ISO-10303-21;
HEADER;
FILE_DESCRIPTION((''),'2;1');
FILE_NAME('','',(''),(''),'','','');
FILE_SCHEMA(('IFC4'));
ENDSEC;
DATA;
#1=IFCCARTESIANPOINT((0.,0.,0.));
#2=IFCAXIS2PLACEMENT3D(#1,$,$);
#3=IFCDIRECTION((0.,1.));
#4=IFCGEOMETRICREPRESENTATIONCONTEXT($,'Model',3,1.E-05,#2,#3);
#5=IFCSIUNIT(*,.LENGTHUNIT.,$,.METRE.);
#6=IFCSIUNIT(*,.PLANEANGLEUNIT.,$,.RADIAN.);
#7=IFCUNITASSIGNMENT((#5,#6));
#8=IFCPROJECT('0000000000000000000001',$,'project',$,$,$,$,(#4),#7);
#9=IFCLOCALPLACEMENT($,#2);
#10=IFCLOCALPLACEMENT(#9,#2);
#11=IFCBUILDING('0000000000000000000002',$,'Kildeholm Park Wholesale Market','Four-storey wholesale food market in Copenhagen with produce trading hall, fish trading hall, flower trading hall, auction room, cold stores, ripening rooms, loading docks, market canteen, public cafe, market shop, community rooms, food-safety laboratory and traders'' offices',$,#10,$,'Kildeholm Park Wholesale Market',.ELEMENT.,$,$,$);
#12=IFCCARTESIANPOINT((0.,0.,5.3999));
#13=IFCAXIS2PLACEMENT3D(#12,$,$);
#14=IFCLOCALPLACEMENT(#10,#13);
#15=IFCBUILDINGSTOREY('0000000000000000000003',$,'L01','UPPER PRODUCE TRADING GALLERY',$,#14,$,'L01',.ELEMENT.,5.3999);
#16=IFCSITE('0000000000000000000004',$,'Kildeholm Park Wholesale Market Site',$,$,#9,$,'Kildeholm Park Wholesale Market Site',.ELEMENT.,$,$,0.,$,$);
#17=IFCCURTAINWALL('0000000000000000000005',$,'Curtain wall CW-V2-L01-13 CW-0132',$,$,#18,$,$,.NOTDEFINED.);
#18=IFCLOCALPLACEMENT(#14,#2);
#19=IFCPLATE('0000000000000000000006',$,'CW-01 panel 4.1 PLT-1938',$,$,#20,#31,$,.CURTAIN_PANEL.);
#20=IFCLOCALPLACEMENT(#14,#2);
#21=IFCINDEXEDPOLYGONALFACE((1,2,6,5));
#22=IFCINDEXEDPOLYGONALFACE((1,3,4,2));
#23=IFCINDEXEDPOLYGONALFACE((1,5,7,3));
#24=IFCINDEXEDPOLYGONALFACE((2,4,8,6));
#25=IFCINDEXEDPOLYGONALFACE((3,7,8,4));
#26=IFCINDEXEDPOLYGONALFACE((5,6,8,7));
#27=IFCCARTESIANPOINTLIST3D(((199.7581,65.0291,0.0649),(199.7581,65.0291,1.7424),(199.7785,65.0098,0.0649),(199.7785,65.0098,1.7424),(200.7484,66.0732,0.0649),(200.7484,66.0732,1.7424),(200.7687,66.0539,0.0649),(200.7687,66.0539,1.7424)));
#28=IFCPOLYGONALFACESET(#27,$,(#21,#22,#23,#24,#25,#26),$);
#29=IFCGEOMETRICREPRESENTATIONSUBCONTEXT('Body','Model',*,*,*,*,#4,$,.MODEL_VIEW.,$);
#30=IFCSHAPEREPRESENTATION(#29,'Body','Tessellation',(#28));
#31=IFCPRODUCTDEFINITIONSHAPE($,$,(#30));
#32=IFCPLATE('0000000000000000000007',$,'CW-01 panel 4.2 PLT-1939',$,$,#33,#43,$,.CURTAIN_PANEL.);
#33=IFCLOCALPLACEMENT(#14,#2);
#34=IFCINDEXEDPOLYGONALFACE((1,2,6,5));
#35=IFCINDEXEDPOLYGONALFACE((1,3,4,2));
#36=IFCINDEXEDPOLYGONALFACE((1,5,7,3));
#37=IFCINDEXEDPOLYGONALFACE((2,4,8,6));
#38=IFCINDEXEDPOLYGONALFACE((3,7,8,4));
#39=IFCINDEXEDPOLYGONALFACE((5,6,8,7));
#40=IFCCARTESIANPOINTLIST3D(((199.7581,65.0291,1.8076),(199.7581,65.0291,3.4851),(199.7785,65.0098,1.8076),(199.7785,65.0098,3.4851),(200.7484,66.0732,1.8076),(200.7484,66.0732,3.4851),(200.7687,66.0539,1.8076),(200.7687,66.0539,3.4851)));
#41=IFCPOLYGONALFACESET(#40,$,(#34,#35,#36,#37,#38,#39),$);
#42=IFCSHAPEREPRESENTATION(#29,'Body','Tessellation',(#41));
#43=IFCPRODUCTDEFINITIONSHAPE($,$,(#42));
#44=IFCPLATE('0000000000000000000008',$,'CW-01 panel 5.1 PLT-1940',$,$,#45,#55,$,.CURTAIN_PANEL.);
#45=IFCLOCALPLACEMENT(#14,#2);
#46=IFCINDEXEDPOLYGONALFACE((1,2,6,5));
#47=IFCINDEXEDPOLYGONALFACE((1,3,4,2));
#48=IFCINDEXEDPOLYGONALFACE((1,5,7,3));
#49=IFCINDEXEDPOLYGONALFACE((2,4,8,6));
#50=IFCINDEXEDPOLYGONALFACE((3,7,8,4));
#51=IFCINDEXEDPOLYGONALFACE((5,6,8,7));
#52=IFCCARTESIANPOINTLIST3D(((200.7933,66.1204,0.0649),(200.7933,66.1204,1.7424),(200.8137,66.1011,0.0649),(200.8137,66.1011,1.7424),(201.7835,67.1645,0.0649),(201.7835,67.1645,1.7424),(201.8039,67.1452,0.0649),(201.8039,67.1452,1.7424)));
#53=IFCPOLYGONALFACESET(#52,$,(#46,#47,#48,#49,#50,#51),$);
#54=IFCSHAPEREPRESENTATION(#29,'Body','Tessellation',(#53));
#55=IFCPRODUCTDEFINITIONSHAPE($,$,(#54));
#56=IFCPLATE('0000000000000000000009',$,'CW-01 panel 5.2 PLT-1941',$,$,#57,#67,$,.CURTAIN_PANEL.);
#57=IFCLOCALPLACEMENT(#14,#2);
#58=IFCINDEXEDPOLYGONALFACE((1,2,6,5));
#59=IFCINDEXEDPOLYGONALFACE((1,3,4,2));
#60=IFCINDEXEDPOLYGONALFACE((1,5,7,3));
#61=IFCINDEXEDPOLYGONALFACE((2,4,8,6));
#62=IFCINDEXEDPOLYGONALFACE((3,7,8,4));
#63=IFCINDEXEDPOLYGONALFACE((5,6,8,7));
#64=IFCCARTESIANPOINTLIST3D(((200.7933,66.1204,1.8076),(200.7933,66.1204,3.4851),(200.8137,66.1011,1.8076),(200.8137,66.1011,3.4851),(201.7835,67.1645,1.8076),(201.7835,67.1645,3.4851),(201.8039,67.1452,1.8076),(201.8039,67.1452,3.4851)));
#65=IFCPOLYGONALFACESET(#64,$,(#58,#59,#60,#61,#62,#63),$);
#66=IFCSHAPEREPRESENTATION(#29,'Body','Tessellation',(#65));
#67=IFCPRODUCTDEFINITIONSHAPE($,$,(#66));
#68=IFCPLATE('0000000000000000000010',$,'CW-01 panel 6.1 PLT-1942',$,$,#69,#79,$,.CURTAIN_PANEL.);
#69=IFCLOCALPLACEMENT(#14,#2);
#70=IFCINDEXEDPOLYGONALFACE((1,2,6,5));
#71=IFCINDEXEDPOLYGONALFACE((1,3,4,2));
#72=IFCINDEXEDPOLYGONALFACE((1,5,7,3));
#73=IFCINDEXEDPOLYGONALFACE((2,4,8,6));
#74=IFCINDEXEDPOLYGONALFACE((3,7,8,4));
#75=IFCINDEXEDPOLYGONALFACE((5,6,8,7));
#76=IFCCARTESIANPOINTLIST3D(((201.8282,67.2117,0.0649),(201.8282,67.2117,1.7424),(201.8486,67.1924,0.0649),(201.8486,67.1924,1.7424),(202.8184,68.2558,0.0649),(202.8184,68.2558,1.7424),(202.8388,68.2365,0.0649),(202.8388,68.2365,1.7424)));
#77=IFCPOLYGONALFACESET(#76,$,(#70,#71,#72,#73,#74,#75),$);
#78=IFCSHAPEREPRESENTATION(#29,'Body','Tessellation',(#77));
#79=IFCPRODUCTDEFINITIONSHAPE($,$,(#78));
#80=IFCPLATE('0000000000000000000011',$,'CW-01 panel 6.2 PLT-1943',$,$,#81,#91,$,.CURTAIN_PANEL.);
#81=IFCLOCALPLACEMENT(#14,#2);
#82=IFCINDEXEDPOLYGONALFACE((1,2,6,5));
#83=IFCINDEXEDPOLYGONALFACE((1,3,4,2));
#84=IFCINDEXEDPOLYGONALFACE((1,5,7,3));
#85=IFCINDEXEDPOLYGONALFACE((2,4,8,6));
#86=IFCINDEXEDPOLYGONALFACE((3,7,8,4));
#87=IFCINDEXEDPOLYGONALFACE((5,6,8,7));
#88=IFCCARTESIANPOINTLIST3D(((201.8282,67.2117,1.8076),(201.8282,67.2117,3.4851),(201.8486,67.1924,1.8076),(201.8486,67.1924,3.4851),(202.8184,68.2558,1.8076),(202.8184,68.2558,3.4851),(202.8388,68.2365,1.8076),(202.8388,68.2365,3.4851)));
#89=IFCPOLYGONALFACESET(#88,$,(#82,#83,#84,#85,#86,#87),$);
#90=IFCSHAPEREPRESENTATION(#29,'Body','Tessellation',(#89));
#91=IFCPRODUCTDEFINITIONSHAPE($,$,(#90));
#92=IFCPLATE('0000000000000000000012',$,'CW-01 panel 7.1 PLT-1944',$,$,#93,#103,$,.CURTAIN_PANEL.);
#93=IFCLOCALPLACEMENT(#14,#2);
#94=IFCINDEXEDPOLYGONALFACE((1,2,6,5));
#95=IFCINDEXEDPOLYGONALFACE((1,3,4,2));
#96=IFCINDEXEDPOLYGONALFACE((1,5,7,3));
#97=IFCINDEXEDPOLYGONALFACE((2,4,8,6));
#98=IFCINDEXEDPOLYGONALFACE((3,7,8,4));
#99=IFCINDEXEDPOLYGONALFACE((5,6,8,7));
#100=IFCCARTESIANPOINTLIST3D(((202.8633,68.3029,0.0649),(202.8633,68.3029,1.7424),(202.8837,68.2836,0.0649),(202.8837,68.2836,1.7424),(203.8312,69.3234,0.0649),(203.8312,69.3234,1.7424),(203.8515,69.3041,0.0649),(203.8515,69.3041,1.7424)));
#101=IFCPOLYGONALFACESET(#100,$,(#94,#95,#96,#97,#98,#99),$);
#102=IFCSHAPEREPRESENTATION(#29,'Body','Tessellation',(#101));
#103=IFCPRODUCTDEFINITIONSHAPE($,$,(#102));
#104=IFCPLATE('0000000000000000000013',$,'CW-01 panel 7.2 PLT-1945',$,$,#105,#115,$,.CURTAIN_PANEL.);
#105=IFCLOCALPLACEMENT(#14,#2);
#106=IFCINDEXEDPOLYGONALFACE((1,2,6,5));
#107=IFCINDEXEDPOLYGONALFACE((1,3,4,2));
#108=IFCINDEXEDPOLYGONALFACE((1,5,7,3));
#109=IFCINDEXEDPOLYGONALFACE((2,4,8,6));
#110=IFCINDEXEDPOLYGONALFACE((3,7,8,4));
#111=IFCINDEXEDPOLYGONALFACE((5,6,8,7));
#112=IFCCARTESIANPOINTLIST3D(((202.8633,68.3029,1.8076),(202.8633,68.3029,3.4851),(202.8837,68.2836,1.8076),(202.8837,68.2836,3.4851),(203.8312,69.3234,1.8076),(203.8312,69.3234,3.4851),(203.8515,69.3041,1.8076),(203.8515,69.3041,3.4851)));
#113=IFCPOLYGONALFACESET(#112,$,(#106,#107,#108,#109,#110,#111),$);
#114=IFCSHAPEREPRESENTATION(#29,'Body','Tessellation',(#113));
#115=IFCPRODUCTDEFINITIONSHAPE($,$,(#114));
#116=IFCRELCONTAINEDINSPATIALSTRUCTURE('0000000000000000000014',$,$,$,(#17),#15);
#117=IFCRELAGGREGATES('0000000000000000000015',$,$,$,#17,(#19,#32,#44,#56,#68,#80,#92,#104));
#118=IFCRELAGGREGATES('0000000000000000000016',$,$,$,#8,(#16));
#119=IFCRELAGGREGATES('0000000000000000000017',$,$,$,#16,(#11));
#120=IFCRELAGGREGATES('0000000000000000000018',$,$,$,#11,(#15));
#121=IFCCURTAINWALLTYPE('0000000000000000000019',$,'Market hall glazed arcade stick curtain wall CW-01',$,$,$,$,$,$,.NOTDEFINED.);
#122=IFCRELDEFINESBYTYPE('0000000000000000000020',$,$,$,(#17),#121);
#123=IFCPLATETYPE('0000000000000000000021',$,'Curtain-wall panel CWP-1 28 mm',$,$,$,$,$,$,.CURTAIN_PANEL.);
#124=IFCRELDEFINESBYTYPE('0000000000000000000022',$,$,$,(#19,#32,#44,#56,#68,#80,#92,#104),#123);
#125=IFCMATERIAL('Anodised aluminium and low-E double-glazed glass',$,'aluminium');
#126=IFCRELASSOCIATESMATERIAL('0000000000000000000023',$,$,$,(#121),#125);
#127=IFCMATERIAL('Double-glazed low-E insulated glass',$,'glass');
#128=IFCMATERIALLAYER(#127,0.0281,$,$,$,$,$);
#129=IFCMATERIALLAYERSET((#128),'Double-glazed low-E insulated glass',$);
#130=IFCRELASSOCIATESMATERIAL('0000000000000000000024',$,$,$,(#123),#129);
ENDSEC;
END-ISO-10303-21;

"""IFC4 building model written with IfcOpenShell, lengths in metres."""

from ifc_helpers import new_model, si_unit, direction, frame, origin, origin_2d, place, context, subcontext, project, spatial, rectangle, extrude, material, layer, layer_set, type_object, element, aggregate, save


model = new_model("IFC4")

# Units and contexts
model_context = context("Model", 3, precision=1e-05, world=origin(), true_north=direction((0.0, 1.0)))
body_context = subcontext(model_context, "Body", "Model", "MODEL_VIEW")
ifc_project = project(units=[si_unit("LENGTHUNIT", "METRE"), si_unit("PLANEANGLEUNIT", "RADIAN")], contexts=[model_context])

# Site, building, storey
site_placement = place(None, origin())
site = spatial("IfcSite", under=ifc_project, at=site_placement, Name="Kildeholm Park Wholesale Market Site", LongName="Kildeholm Park Wholesale Market Site", CompositionType="ELEMENT", RefElevation=0.0)
building_placement = place(site_placement, origin())
building = spatial("IfcBuilding", under=site, at=building_placement, Name="Kildeholm Park Wholesale Market", Description="Four-storey wholesale food market in Copenhagen with produce trading hall, fish trading hall, flower trading hall, auction room, cold stores, ripening rooms, loading docks, market canteen, public cafe, market shop, community rooms, food-safety laboratory and traders' offices", LongName="Kildeholm Park Wholesale Market", CompositionType="ELEMENT")
storey_placement = place(building_placement, frame((0.0, 0.0, 5.3999)))
storey = spatial("IfcBuildingStorey", under=building, at=storey_placement, Name="L01", Description="UPPER PRODUCE TRADING GALLERY", LongName="L01", CompositionType="ELEMENT", Elevation=5.3999)

# Curtain wall, plates
ifc_material_1 = material(Name="Anodised aluminium and low-E double-glazed glass", Category="aluminium")
curtain_wall_type = type_object("IfcCurtainWallType", Name="Market hall glazed arcade stick curtain wall CW-01", PredefinedType="NOTDEFINED", material=ifc_material_1)
curtain_wall_placement = place(storey_placement, origin())
curtain_wall = element("IfcCurtainWall", 1, at=curtain_wall_placement, inside=storey, type_object=curtain_wall_type, Name="Curtain wall CW-V2-L01-13 CW-0132", PredefinedType="NOTDEFINED")
ifc_material_2 = material(Name="Double-glazed low-E insulated glass", Category="glass")
ifc_layer = layer(ifc_material_2, 0.0281)
ifc_layer_set = layer_set([ifc_layer], Name="Double-glazed low-E insulated glass")
plate_type = type_object("IfcPlateType", Name="Curtain-wall panel CWP-1 28 mm", PredefinedType="CURTAIN_PANEL", material=ifc_layer_set)
plate_1_placement = place(storey_placement, frame((200.2634, 65.5415, 0.0649), z_axis=(0.0, 0.0, 1.0), x_axis=(0.688148, 0.725571, 0.0)))
plate_1 = element("IfcPlate", 2, at=plate_1_placement, type_object=plate_type, Name="CW-01 panel 4.1 PLT-1938", PredefinedType="CURTAIN_PANEL", context=body_context, shape_type="SweptSolid", body=[
    extrude(rectangle(XDim=1.439, YDim=0.0281, at=origin_2d()), origin(), (0.0, 0.0, 1.0), 1.6775),
])
plate_2_placement = place(storey_placement, frame((200.2634, 65.5415, 1.8076), z_axis=(0.0, 0.0, 1.0), x_axis=(0.688148, 0.725571, 0.0)))
plate_2 = element("IfcPlate", 3, at=plate_2_placement, type_object=plate_type, Name="CW-01 panel 4.2 PLT-1939", PredefinedType="CURTAIN_PANEL", context=body_context, shape_type="SweptSolid", body=[
    extrude(rectangle(XDim=1.439, YDim=0.0281, at=origin_2d()), origin(), (0.0, 0.0, 1.0), 1.6775),
])
plate_3_placement = place(storey_placement, frame((201.2986, 66.6328, 0.0649), z_axis=(0.0, 0.0, 1.0), x_axis=(0.688148, 0.725571, 0.0)))
plate_3 = element("IfcPlate", 4, at=plate_3_placement, type_object=plate_type, Name="CW-01 panel 5.1 PLT-1940", PredefinedType="CURTAIN_PANEL", context=body_context, shape_type="SweptSolid", body=[
    extrude(rectangle(XDim=1.439, YDim=0.0281, at=origin_2d()), origin(), (0.0, 0.0, 1.0), 1.6775),
])
plate_4_placement = place(storey_placement, frame((201.2986, 66.6328, 1.8076), z_axis=(0.0, 0.0, 1.0), x_axis=(0.688148, 0.725571, 0.0)))
plate_4 = element("IfcPlate", 5, at=plate_4_placement, type_object=plate_type, Name="CW-01 panel 5.2 PLT-1941", PredefinedType="CURTAIN_PANEL", context=body_context, shape_type="SweptSolid", body=[
    extrude(rectangle(XDim=1.439, YDim=0.0281, at=origin_2d()), origin(), (0.0, 0.0, 1.0), 1.6775),
])
plate_5_placement = place(storey_placement, frame((202.3335, 67.7241, 0.0649), z_axis=(0.0, 0.0, 1.0), x_axis=(0.688148, 0.725571, 0.0)))
plate_5 = element("IfcPlate", 6, at=plate_5_placement, type_object=plate_type, Name="CW-01 panel 6.1 PLT-1942", PredefinedType="CURTAIN_PANEL", context=body_context, shape_type="SweptSolid", body=[
    extrude(rectangle(XDim=1.439, YDim=0.0281, at=origin_2d()), origin(), (0.0, 0.0, 1.0), 1.6775),
])
plate_6_placement = place(storey_placement, frame((202.3335, 67.7241, 1.8076), z_axis=(0.0, 0.0, 1.0), x_axis=(0.688148, 0.725571, 0.0)))
plate_6 = element("IfcPlate", 7, at=plate_6_placement, type_object=plate_type, Name="CW-01 panel 6.2 PLT-1943", PredefinedType="CURTAIN_PANEL", context=body_context, shape_type="SweptSolid", body=[
    extrude(rectangle(XDim=1.439, YDim=0.0281, at=origin_2d()), origin(), (0.0, 0.0, 1.0), 1.6775),
])
plate_7_placement = place(storey_placement, frame((203.3574, 68.8035, 0.0649), z_axis=(0.0, 0.0, 1.0), x_axis=(0.688148, 0.725571, 0.0)))
plate_7 = element("IfcPlate", 8, at=plate_7_placement, type_object=plate_type, Name="CW-01 panel 7.1 PLT-1944", PredefinedType="CURTAIN_PANEL", context=body_context, shape_type="SweptSolid", body=[
    extrude(rectangle(XDim=1.4065, YDim=0.0281, at=origin_2d()), origin(), (0.0, 0.0, 1.0), 1.6775),
])
plate_8_placement = place(storey_placement, frame((203.3574, 68.8035, 1.8076), z_axis=(0.0, 0.0, 1.0), x_axis=(0.688148, 0.725571, 0.0)))
plate_8 = element("IfcPlate", 9, at=plate_8_placement, type_object=plate_type, Name="CW-01 panel 7.2 PLT-1945", PredefinedType="CURTAIN_PANEL", context=body_context, shape_type="SweptSolid", body=[
    extrude(rectangle(XDim=1.4065, YDim=0.0281, at=origin_2d()), origin(), (0.0, 0.0, 1.0), 1.6775),
])
aggregate(curtain_wall, [plate_1, plate_2, plate_3, plate_4, plate_5, plate_6, plate_7, plate_8])

save(model, "model.ifc")
